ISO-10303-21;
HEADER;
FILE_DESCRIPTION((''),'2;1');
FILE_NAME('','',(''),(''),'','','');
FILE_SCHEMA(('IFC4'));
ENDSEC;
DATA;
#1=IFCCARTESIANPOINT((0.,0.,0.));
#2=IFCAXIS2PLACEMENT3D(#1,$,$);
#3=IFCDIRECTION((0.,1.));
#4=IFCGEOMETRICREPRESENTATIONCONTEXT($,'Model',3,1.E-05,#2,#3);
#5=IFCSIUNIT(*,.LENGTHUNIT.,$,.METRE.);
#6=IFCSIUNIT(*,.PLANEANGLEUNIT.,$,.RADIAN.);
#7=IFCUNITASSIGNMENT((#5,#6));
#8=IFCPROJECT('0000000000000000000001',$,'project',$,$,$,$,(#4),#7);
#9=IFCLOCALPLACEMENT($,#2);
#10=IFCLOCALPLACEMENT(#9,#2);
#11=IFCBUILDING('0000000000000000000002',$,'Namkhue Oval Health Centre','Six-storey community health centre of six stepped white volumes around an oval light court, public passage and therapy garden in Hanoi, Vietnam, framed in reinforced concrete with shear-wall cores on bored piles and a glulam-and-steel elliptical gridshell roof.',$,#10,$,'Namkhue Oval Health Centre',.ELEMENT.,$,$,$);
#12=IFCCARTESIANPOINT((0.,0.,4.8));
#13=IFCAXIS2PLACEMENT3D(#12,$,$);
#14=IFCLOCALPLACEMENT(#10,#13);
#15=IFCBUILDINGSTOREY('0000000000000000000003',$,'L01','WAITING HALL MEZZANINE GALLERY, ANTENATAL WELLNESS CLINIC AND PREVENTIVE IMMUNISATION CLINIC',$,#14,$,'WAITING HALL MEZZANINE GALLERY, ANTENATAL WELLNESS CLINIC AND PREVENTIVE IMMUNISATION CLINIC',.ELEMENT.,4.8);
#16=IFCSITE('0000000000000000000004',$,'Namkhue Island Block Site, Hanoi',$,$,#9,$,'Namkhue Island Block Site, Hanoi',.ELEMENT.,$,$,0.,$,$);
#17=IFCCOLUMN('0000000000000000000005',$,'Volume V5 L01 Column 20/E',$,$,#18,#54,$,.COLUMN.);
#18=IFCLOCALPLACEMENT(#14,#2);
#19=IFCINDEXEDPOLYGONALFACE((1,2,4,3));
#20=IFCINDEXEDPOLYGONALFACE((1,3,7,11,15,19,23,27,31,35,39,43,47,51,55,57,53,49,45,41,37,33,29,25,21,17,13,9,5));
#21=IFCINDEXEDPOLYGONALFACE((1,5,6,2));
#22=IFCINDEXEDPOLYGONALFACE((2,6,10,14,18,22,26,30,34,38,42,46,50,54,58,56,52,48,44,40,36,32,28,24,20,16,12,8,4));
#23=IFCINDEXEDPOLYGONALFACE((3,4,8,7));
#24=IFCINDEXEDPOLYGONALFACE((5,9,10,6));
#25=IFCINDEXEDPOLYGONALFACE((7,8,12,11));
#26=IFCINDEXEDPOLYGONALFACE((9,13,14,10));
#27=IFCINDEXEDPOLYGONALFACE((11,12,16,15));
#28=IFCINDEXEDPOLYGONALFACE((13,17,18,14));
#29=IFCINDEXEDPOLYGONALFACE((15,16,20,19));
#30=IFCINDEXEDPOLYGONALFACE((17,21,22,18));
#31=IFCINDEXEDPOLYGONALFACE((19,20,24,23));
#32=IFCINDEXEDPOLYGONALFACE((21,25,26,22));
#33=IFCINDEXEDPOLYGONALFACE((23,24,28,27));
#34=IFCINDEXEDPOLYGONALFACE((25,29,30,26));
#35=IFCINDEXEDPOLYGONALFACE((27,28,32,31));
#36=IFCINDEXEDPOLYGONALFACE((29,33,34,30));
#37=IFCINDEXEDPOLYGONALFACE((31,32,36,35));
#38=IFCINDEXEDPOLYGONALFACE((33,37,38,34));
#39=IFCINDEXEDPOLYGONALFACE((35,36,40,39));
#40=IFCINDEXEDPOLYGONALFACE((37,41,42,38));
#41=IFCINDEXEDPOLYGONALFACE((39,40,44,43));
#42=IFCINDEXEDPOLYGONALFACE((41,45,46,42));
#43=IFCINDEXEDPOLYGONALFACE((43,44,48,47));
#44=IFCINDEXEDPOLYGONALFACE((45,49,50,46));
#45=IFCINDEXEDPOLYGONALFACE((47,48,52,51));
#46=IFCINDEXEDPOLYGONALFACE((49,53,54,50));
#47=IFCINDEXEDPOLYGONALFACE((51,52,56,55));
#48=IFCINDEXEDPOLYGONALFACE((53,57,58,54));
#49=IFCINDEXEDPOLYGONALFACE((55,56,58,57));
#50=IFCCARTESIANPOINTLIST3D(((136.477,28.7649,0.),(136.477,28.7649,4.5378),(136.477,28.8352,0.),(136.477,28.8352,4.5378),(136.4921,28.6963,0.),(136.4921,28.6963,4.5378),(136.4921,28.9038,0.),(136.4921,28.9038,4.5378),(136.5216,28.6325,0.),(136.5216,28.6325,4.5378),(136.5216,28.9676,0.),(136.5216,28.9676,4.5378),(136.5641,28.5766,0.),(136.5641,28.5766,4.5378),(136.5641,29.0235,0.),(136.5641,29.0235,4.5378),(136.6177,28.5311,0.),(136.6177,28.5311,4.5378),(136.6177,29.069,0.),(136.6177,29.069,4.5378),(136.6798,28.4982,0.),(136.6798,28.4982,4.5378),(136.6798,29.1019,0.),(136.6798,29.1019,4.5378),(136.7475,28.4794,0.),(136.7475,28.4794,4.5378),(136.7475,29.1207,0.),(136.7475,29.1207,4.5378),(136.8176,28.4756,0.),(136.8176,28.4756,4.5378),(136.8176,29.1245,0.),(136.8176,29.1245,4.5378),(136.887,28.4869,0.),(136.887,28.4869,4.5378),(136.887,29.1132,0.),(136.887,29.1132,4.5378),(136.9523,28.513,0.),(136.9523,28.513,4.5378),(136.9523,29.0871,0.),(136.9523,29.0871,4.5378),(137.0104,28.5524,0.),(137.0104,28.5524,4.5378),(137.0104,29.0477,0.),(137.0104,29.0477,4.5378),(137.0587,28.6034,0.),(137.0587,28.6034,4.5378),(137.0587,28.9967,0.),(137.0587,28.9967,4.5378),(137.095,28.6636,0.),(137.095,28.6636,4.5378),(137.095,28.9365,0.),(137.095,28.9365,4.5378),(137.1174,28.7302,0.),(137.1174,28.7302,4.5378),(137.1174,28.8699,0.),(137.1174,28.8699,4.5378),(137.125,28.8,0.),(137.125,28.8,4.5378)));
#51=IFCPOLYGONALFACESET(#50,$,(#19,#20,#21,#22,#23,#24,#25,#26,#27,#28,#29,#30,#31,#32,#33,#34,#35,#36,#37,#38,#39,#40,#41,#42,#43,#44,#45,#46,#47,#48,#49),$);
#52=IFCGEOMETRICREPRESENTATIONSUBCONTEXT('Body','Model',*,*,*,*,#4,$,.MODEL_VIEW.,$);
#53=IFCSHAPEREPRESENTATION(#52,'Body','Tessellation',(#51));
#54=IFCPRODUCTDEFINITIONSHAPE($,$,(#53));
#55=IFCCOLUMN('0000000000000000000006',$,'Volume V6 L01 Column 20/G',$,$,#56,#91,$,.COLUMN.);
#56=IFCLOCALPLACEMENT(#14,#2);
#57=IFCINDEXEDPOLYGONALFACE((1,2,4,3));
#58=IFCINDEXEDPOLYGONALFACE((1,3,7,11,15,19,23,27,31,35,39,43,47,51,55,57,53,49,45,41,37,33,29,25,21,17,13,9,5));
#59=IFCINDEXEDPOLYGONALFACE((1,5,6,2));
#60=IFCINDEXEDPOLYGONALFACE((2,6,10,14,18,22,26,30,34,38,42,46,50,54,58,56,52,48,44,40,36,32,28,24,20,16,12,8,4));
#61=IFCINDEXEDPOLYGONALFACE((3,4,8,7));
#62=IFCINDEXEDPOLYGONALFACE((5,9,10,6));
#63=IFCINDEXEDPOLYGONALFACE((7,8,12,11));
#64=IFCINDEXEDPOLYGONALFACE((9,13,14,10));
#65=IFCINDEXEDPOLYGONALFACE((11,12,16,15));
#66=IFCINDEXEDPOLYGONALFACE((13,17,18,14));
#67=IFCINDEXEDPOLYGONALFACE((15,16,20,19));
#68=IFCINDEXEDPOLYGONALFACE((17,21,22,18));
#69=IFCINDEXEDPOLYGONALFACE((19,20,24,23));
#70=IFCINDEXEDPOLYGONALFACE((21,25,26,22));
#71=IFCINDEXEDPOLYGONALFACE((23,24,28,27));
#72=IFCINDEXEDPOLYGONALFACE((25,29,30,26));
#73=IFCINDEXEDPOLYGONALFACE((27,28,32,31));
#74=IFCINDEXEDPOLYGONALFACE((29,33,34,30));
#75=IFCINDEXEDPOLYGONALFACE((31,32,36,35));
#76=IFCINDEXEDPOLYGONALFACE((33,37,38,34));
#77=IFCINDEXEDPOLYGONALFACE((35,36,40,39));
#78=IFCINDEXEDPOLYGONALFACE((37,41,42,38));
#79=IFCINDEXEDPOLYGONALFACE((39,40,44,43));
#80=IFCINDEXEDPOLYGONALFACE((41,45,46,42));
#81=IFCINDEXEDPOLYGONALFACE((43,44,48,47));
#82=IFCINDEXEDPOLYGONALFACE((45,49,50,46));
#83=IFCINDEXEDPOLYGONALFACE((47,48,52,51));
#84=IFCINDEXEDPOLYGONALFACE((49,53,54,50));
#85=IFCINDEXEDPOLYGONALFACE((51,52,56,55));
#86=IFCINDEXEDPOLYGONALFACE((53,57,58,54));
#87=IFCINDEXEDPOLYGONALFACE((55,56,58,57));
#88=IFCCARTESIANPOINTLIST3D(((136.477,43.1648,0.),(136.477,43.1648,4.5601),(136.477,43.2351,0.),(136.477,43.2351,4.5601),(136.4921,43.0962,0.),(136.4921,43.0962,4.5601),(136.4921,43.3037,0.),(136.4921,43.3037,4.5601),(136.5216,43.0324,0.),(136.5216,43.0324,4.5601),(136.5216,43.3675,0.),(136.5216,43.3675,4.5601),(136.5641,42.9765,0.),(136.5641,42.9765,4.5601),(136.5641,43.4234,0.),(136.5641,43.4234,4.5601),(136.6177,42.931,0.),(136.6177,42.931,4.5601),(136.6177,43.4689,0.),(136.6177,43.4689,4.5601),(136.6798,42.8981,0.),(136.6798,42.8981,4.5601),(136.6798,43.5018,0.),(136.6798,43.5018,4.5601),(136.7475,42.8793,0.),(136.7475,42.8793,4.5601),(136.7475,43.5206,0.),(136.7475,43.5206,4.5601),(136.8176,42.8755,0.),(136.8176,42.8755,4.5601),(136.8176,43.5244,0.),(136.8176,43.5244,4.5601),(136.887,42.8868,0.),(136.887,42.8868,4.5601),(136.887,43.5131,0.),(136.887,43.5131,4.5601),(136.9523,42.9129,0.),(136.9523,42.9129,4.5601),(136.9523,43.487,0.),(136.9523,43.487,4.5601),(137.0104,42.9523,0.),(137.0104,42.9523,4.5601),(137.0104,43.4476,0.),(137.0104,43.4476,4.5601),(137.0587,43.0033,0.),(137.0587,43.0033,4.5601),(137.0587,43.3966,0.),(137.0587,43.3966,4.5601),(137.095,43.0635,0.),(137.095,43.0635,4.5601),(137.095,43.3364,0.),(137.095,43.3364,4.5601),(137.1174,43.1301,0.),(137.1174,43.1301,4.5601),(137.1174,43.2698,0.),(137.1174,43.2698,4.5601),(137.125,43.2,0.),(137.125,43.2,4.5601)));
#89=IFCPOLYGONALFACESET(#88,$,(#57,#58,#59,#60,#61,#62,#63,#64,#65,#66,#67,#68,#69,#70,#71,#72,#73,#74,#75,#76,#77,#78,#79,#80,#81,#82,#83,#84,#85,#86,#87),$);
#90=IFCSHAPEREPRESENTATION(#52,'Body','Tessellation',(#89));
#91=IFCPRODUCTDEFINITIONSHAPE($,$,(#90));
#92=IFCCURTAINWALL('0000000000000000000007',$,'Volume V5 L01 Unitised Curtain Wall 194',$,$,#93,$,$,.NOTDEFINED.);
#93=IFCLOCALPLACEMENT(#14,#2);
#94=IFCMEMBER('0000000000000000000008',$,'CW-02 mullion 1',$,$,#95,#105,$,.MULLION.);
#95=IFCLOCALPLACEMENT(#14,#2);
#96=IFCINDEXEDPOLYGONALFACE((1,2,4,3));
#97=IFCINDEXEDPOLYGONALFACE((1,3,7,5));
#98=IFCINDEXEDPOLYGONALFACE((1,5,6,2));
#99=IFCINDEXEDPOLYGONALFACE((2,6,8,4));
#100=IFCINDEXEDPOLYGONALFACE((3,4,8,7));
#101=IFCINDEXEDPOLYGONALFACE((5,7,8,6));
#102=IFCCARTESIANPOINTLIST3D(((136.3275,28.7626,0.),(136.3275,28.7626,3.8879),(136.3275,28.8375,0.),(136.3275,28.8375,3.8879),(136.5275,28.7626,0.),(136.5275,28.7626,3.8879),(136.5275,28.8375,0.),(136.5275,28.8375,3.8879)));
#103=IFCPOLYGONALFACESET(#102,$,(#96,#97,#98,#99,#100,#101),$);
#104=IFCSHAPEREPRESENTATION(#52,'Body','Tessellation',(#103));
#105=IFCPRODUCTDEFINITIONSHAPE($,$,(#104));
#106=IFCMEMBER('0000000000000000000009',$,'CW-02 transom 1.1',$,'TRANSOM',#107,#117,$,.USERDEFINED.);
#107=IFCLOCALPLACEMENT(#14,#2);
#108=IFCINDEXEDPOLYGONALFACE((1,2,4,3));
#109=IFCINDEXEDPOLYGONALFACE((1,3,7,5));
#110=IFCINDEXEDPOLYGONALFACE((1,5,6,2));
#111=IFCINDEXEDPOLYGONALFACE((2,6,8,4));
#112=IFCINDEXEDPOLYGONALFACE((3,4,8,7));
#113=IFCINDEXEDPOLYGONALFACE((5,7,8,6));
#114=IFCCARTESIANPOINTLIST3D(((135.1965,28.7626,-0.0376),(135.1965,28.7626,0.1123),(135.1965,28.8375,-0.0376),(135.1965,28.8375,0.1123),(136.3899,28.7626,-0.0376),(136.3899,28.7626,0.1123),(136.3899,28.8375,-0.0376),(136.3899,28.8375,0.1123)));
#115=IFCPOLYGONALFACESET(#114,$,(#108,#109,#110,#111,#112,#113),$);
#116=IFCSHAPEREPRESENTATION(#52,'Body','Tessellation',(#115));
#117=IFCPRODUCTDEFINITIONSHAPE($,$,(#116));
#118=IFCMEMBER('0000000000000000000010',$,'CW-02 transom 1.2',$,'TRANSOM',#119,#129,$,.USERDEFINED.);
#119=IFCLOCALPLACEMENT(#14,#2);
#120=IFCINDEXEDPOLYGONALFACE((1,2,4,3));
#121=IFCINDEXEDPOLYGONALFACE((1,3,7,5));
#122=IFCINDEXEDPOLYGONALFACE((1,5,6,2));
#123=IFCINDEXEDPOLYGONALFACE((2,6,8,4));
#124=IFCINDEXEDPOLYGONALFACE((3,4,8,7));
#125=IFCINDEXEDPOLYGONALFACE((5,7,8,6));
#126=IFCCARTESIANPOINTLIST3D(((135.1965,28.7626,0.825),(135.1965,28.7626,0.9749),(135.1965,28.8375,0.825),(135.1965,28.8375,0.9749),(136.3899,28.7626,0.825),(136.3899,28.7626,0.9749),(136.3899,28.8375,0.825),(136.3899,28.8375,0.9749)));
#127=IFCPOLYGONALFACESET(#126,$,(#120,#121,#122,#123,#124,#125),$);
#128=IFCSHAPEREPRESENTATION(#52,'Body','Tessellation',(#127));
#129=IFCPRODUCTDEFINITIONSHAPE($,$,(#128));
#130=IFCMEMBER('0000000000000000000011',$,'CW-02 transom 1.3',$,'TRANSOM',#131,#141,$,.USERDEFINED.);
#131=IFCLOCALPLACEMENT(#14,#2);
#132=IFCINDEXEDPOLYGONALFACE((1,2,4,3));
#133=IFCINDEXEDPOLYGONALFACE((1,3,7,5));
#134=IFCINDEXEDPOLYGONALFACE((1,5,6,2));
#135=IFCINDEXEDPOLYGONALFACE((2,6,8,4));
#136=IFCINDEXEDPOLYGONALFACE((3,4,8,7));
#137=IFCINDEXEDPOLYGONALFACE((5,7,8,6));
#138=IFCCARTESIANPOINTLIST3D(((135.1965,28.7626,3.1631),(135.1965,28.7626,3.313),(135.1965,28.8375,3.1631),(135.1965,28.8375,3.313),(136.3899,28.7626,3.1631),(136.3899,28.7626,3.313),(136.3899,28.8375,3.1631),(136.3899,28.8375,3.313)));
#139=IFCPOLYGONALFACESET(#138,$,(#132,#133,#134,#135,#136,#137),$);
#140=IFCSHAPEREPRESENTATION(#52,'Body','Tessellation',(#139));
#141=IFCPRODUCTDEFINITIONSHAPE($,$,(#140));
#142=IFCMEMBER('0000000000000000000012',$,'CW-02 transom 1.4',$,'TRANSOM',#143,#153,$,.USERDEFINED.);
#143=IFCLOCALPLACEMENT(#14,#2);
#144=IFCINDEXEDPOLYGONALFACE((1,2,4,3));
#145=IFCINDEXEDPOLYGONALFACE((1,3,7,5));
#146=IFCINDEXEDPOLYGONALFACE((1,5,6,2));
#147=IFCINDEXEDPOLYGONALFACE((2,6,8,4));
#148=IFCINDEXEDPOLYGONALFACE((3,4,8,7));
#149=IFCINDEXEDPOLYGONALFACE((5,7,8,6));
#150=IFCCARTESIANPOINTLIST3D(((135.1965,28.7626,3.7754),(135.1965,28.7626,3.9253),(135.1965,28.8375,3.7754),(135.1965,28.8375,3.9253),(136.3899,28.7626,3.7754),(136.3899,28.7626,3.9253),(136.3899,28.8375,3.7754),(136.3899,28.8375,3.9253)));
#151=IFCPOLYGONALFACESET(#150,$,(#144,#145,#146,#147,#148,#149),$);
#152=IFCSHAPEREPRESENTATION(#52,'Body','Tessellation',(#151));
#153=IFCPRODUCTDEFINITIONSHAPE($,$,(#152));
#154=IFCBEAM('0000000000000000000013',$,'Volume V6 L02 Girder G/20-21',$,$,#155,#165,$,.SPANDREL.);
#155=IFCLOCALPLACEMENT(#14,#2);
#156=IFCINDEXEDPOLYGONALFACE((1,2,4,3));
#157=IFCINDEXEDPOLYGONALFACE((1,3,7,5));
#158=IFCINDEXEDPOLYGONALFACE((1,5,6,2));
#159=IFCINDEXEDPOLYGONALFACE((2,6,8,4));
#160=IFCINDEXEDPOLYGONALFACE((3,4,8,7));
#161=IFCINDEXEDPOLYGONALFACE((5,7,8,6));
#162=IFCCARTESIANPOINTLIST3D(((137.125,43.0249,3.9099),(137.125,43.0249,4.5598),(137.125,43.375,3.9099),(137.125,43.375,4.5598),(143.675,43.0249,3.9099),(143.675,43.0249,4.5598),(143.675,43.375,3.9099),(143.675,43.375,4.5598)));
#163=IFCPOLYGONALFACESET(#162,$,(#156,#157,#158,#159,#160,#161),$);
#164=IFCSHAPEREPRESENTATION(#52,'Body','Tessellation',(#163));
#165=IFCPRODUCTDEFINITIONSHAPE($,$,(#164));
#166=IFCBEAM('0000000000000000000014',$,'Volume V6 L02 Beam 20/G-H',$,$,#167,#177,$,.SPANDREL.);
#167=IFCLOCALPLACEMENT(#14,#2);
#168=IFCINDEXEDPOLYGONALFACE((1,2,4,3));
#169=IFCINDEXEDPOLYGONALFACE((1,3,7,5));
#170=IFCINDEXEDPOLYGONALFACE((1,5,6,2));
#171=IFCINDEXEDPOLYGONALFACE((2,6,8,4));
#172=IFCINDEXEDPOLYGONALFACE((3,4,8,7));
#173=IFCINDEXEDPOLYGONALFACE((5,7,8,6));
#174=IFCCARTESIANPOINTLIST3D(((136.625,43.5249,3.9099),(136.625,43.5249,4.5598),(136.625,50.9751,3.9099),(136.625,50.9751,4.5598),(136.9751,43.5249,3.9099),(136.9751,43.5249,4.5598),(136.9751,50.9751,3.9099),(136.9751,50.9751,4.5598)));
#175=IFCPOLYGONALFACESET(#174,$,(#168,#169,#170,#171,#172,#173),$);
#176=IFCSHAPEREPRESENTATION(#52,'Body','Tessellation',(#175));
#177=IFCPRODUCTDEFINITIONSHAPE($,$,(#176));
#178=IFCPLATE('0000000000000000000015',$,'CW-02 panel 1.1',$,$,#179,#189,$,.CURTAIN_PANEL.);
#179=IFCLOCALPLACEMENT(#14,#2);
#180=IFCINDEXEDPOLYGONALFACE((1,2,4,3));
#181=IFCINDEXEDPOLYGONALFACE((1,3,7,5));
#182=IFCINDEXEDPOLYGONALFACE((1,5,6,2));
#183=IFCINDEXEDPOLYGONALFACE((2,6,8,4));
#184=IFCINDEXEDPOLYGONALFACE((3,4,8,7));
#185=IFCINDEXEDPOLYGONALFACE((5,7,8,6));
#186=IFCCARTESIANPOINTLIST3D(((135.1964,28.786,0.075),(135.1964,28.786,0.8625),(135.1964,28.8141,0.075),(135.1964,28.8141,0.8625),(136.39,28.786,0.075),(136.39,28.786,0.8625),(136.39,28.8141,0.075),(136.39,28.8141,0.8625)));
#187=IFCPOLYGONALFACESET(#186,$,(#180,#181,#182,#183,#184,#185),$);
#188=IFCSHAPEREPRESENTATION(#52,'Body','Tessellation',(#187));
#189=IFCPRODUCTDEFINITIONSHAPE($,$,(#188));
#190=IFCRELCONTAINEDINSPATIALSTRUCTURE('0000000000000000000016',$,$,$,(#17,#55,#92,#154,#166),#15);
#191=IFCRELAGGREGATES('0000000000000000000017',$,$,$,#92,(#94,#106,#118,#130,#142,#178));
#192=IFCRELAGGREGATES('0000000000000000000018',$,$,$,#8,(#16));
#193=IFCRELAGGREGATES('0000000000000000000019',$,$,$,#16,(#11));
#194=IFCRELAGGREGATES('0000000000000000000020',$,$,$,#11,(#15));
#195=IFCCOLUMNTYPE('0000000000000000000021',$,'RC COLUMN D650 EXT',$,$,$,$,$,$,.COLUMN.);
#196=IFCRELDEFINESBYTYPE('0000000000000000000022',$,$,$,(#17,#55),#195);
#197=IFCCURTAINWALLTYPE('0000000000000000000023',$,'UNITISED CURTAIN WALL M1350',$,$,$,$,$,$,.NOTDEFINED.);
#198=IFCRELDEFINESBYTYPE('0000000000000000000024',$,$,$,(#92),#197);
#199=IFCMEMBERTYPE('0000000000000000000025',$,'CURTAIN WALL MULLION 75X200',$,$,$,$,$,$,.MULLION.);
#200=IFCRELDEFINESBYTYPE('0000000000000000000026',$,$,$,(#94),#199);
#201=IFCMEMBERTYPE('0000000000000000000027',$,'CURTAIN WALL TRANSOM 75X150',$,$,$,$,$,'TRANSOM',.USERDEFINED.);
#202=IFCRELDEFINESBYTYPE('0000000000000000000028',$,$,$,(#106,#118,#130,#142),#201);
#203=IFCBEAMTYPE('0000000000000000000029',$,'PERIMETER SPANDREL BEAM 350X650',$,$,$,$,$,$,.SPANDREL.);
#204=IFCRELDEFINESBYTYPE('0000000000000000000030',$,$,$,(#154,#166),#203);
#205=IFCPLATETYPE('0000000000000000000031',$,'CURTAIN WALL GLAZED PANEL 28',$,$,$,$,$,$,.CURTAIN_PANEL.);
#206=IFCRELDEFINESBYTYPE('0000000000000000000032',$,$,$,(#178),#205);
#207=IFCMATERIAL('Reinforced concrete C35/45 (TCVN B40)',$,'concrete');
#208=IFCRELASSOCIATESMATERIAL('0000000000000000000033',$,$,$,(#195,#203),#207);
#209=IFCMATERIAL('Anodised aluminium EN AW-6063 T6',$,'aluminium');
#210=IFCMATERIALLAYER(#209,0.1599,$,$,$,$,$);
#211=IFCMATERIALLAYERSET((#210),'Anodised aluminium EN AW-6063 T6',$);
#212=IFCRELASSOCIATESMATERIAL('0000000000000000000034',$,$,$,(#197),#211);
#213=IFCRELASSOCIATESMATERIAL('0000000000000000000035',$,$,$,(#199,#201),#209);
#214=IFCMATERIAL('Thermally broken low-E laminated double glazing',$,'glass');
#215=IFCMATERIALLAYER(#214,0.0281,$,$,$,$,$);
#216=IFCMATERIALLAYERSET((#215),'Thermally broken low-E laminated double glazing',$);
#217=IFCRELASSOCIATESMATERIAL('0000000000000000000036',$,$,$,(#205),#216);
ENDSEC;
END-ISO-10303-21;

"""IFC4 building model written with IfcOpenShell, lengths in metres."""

from ifc_helpers import new_model, si_unit, direction, frame, origin, origin_2d, place, context, subcontext, project, spatial, rectangle, circle, extrude, material, layer, layer_set, material_profile, profile_set, type_object, element, aggregate, save


model = new_model("IFC4")

# Units and contexts
model_context = context("Model", 3, precision=1e-05, world=origin(), true_north=direction((0.0, 1.0)))
body_context = subcontext(model_context, "Body", "Model", "MODEL_VIEW")
ifc_project = project(units=[si_unit("LENGTHUNIT", "METRE"), si_unit("PLANEANGLEUNIT", "RADIAN")], contexts=[model_context])

# Site, building, storey
site_placement = place(None, origin())
site = spatial("IfcSite", under=ifc_project, at=site_placement, Name="Namkhue Island Block Site, Hanoi", LongName="Namkhue Island Block Site, Hanoi", CompositionType="ELEMENT", RefElevation=0.0)
building_placement = place(site_placement, origin())
building = spatial("IfcBuilding", under=site, at=building_placement, Name="Namkhue Oval Health Centre", Description="Six-storey community health centre of six stepped white volumes around an oval light court, public passage and therapy garden in Hanoi, Vietnam, framed in reinforced concrete with shear-wall cores on bored piles and a glulam-and-steel elliptical gridshell roof.", LongName="Namkhue Oval Health Centre", CompositionType="ELEMENT")
storey_placement = place(building_placement, frame((0.0, 0.0, 4.8)))
storey = spatial("IfcBuildingStorey", under=building, at=storey_placement, Name="L01", Description="WAITING HALL MEZZANINE GALLERY, ANTENATAL WELLNESS CLINIC AND PREVENTIVE IMMUNISATION CLINIC", LongName="WAITING HALL MEZZANINE GALLERY, ANTENATAL WELLNESS CLINIC AND PREVENTIVE IMMUNISATION CLINIC", CompositionType="ELEMENT", Elevation=4.8)

# Columns
ifc_material_1 = material(Name="Reinforced concrete C35/45 (TCVN B40)", Category="concrete")
ifc_material_profile_1 = material_profile(ifc_material_1, circle(Radius=0.325, at=origin_2d()), Name="RC D650")
ifc_profile_set_1 = profile_set([ifc_material_profile_1], Name="Reinforced concrete C35/45 (TCVN B40)")
column_type = type_object("IfcColumnType", Name="RC COLUMN D650 EXT", PredefinedType="COLUMN", material=ifc_profile_set_1)
column_1_placement = place(storey_placement, frame((136.8, 28.8, 0.0), z_axis=(0.0, 0.0, 1.0), x_axis=(1.0, 0.0, 0.0)))
element("IfcColumn", 1, at=column_1_placement, inside=storey, type_object=column_type, Name="Volume V5 L01 Column 20/E", PredefinedType="COLUMN", context=body_context, shape_type="SweptSolid", body=[
    extrude(circle(Radius=0.325, at=origin_2d()), origin(), (0.0, 0.0, 1.0), 4.5378),
])
column_2_placement = place(storey_placement, frame((136.8, 43.2, 0.0), z_axis=(0.0, 0.0, 1.0), x_axis=(1.0, 0.0, 0.0)))
element("IfcColumn", 2, at=column_2_placement, inside=storey, type_object=column_type, Name="Volume V6 L01 Column 20/G", PredefinedType="COLUMN", context=body_context, shape_type="SweptSolid", body=[
    extrude(circle(Radius=0.325, at=origin_2d()), origin(), (0.0, 0.0, 1.0), 4.5601),
])

# Curtain wall, members
ifc_material_2 = material(Name="Anodised aluminium EN AW-6063 T6", Category="aluminium")
ifc_layer_1 = layer(ifc_material_2, 0.1599)
ifc_layer_set_1 = layer_set([ifc_layer_1], Name="Anodised aluminium EN AW-6063 T6")
curtain_wall_type = type_object("IfcCurtainWallType", Name="UNITISED CURTAIN WALL M1350", PredefinedType="NOTDEFINED", material=ifc_layer_set_1)
curtain_wall_placement = place(storey_placement, origin())
curtain_wall = element("IfcCurtainWall", 3, at=curtain_wall_placement, inside=storey, type_object=curtain_wall_type, Name="Volume V5 L01 Unitised Curtain Wall 194", PredefinedType="NOTDEFINED")
ifc_material_profile_2 = material_profile(ifc_material_2, rectangle(XDim=0.075, YDim=0.2, at=origin_2d()), Name="ALU 75x200")
ifc_profile_set_2 = profile_set([ifc_material_profile_2], Name="Anodised aluminium EN AW-6063 T6")
member_type_1 = type_object("IfcMemberType", Name="CURTAIN WALL MULLION 75X200", PredefinedType="MULLION", material=ifc_profile_set_2)
member_1_placement = place(storey_placement, frame((136.4275, 28.8, 0.0), z_axis=(0.0, 0.0, 1.0), x_axis=(0.0, -1.0, 0.0)))
member_1 = element("IfcMember", 4, at=member_1_placement, type_object=member_type_1, Name="CW-02 mullion 1", PredefinedType="MULLION", context=body_context, shape_type="SweptSolid", body=[
    extrude(rectangle(XDim=0.075, YDim=0.2, at=origin_2d()), origin(), (0.0, 0.0, 1.0), 3.8879),
])
ifc_material_profile_3 = material_profile(ifc_material_2, rectangle(XDim=0.075, YDim=0.1499, at=origin_2d()), Name="ALU 75x150")
ifc_profile_set_3 = profile_set([ifc_material_profile_3], Name="Anodised aluminium EN AW-6063 T6")
member_type_2 = type_object("IfcMemberType", Name="CURTAIN WALL TRANSOM 75X150", ElementType="TRANSOM", PredefinedType="USERDEFINED", material=ifc_profile_set_3)
member_2_placement = place(storey_placement, frame((136.3899, 28.8, 0.0374), z_axis=(-1.0, 0.0, 0.0), x_axis=(0.0, -1.0, 0.0)))
member_2 = element("IfcMember", 5, at=member_2_placement, type_object=member_type_2, Name="CW-02 transom 1.1", ObjectType="TRANSOM", PredefinedType="USERDEFINED", context=body_context, shape_type="SweptSolid", body=[
    extrude(rectangle(XDim=0.075, YDim=0.1499, at=origin_2d()), origin(), (0.0, 0.0, 1.0), 1.1934),
])
member_3_placement = place(storey_placement, frame((136.3899, 28.8, 0.8999), z_axis=(-1.0, 0.0, 0.0), x_axis=(0.0, -1.0, 0.0)))
member_3 = element("IfcMember", 6, at=member_3_placement, type_object=member_type_2, Name="CW-02 transom 1.2", ObjectType="TRANSOM", PredefinedType="USERDEFINED", context=body_context, shape_type="SweptSolid", body=[
    extrude(rectangle(XDim=0.075, YDim=0.1499, at=origin_2d()), origin(), (0.0, 0.0, 1.0), 1.1934),
])
member_4_placement = place(storey_placement, frame((136.3899, 28.8, 3.238), z_axis=(-1.0, 0.0, 0.0), x_axis=(0.0, -1.0, 0.0)))
member_4 = element("IfcMember", 7, at=member_4_placement, type_object=member_type_2, Name="CW-02 transom 1.3", ObjectType="TRANSOM", PredefinedType="USERDEFINED", context=body_context, shape_type="SweptSolid", body=[
    extrude(rectangle(XDim=0.075, YDim=0.1499, at=origin_2d()), origin(), (0.0, 0.0, 1.0), 1.1934),
])
member_5_placement = place(storey_placement, frame((136.3899, 28.8, 3.8503), z_axis=(-1.0, 0.0, 0.0), x_axis=(0.0, -1.0, 0.0)))
member_5 = element("IfcMember", 8, at=member_5_placement, type_object=member_type_2, Name="CW-02 transom 1.4", ObjectType="TRANSOM", PredefinedType="USERDEFINED", context=body_context, shape_type="SweptSolid", body=[
    extrude(rectangle(XDim=0.075, YDim=0.1499, at=origin_2d()), origin(), (0.0, 0.0, 1.0), 1.1934),
])

# Beams
ifc_material_profile_4 = material_profile(ifc_material_1, rectangle(XDim=0.3501, YDim=0.6499, at=origin_2d()), Name="RC 350x650")
ifc_profile_set_4 = profile_set([ifc_material_profile_4], Name="Reinforced concrete C35/45 (TCVN B40)")
beam_type = type_object("IfcBeamType", Name="PERIMETER SPANDREL BEAM 350X650", PredefinedType="SPANDREL", material=ifc_profile_set_4)
beam_1_placement = place(storey_placement, frame((137.125, 43.2, 4.2349), z_axis=(1.0, 0.0, 0.0), x_axis=(0.0, 1.0, 0.0)))
element("IfcBeam", 9, at=beam_1_placement, inside=storey, type_object=beam_type, Name="Volume V6 L02 Girder G/20-21", PredefinedType="SPANDREL", context=body_context, shape_type="SweptSolid", body=[
    extrude(rectangle(XDim=0.3501, YDim=0.6499, at=origin_2d()), origin(), (0.0, 0.0, 1.0), 6.55),
])
beam_2_placement = place(storey_placement, frame((136.8, 43.5249, 4.2349), z_axis=(0.0, 1.0, 0.0), x_axis=(-1.0, 0.0, 0.0)))
element("IfcBeam", 10, at=beam_2_placement, inside=storey, type_object=beam_type, Name="Volume V6 L02 Beam 20/G-H", PredefinedType="SPANDREL", context=body_context, shape_type="SweptSolid", body=[
    extrude(rectangle(XDim=0.3501, YDim=0.6499, at=origin_2d()), origin(), (0.0, 0.0, 1.0), 7.4502),
])

# Plate
ifc_material_3 = material(Name="Thermally broken low-E laminated double glazing", Category="glass")
ifc_layer_2 = layer(ifc_material_3, 0.0281)
ifc_layer_set_2 = layer_set([ifc_layer_2], Name="Thermally broken low-E laminated double glazing")
plate_type = type_object("IfcPlateType", Name="CURTAIN WALL GLAZED PANEL 28", PredefinedType="CURTAIN_PANEL", material=ifc_layer_set_2)
plate_1_placement = place(storey_placement, frame((135.7932, 28.8, 0.075), z_axis=(0.0, 0.0, 1.0), x_axis=(-1.0, 0.0, 0.0)))
plate_1 = element("IfcPlate", 11, at=plate_1_placement, type_object=plate_type, Name="CW-02 panel 1.1", PredefinedType="CURTAIN_PANEL", context=body_context, shape_type="SweptSolid", body=[
    extrude(rectangle(XDim=1.1936, YDim=0.0281, at=origin_2d()), origin(), (0.0, 0.0, 1.0), 0.7876),
])
aggregate(curtain_wall, [member_1, member_2, member_3, member_4, member_5, plate_1])

save(model, "model.ifc")
